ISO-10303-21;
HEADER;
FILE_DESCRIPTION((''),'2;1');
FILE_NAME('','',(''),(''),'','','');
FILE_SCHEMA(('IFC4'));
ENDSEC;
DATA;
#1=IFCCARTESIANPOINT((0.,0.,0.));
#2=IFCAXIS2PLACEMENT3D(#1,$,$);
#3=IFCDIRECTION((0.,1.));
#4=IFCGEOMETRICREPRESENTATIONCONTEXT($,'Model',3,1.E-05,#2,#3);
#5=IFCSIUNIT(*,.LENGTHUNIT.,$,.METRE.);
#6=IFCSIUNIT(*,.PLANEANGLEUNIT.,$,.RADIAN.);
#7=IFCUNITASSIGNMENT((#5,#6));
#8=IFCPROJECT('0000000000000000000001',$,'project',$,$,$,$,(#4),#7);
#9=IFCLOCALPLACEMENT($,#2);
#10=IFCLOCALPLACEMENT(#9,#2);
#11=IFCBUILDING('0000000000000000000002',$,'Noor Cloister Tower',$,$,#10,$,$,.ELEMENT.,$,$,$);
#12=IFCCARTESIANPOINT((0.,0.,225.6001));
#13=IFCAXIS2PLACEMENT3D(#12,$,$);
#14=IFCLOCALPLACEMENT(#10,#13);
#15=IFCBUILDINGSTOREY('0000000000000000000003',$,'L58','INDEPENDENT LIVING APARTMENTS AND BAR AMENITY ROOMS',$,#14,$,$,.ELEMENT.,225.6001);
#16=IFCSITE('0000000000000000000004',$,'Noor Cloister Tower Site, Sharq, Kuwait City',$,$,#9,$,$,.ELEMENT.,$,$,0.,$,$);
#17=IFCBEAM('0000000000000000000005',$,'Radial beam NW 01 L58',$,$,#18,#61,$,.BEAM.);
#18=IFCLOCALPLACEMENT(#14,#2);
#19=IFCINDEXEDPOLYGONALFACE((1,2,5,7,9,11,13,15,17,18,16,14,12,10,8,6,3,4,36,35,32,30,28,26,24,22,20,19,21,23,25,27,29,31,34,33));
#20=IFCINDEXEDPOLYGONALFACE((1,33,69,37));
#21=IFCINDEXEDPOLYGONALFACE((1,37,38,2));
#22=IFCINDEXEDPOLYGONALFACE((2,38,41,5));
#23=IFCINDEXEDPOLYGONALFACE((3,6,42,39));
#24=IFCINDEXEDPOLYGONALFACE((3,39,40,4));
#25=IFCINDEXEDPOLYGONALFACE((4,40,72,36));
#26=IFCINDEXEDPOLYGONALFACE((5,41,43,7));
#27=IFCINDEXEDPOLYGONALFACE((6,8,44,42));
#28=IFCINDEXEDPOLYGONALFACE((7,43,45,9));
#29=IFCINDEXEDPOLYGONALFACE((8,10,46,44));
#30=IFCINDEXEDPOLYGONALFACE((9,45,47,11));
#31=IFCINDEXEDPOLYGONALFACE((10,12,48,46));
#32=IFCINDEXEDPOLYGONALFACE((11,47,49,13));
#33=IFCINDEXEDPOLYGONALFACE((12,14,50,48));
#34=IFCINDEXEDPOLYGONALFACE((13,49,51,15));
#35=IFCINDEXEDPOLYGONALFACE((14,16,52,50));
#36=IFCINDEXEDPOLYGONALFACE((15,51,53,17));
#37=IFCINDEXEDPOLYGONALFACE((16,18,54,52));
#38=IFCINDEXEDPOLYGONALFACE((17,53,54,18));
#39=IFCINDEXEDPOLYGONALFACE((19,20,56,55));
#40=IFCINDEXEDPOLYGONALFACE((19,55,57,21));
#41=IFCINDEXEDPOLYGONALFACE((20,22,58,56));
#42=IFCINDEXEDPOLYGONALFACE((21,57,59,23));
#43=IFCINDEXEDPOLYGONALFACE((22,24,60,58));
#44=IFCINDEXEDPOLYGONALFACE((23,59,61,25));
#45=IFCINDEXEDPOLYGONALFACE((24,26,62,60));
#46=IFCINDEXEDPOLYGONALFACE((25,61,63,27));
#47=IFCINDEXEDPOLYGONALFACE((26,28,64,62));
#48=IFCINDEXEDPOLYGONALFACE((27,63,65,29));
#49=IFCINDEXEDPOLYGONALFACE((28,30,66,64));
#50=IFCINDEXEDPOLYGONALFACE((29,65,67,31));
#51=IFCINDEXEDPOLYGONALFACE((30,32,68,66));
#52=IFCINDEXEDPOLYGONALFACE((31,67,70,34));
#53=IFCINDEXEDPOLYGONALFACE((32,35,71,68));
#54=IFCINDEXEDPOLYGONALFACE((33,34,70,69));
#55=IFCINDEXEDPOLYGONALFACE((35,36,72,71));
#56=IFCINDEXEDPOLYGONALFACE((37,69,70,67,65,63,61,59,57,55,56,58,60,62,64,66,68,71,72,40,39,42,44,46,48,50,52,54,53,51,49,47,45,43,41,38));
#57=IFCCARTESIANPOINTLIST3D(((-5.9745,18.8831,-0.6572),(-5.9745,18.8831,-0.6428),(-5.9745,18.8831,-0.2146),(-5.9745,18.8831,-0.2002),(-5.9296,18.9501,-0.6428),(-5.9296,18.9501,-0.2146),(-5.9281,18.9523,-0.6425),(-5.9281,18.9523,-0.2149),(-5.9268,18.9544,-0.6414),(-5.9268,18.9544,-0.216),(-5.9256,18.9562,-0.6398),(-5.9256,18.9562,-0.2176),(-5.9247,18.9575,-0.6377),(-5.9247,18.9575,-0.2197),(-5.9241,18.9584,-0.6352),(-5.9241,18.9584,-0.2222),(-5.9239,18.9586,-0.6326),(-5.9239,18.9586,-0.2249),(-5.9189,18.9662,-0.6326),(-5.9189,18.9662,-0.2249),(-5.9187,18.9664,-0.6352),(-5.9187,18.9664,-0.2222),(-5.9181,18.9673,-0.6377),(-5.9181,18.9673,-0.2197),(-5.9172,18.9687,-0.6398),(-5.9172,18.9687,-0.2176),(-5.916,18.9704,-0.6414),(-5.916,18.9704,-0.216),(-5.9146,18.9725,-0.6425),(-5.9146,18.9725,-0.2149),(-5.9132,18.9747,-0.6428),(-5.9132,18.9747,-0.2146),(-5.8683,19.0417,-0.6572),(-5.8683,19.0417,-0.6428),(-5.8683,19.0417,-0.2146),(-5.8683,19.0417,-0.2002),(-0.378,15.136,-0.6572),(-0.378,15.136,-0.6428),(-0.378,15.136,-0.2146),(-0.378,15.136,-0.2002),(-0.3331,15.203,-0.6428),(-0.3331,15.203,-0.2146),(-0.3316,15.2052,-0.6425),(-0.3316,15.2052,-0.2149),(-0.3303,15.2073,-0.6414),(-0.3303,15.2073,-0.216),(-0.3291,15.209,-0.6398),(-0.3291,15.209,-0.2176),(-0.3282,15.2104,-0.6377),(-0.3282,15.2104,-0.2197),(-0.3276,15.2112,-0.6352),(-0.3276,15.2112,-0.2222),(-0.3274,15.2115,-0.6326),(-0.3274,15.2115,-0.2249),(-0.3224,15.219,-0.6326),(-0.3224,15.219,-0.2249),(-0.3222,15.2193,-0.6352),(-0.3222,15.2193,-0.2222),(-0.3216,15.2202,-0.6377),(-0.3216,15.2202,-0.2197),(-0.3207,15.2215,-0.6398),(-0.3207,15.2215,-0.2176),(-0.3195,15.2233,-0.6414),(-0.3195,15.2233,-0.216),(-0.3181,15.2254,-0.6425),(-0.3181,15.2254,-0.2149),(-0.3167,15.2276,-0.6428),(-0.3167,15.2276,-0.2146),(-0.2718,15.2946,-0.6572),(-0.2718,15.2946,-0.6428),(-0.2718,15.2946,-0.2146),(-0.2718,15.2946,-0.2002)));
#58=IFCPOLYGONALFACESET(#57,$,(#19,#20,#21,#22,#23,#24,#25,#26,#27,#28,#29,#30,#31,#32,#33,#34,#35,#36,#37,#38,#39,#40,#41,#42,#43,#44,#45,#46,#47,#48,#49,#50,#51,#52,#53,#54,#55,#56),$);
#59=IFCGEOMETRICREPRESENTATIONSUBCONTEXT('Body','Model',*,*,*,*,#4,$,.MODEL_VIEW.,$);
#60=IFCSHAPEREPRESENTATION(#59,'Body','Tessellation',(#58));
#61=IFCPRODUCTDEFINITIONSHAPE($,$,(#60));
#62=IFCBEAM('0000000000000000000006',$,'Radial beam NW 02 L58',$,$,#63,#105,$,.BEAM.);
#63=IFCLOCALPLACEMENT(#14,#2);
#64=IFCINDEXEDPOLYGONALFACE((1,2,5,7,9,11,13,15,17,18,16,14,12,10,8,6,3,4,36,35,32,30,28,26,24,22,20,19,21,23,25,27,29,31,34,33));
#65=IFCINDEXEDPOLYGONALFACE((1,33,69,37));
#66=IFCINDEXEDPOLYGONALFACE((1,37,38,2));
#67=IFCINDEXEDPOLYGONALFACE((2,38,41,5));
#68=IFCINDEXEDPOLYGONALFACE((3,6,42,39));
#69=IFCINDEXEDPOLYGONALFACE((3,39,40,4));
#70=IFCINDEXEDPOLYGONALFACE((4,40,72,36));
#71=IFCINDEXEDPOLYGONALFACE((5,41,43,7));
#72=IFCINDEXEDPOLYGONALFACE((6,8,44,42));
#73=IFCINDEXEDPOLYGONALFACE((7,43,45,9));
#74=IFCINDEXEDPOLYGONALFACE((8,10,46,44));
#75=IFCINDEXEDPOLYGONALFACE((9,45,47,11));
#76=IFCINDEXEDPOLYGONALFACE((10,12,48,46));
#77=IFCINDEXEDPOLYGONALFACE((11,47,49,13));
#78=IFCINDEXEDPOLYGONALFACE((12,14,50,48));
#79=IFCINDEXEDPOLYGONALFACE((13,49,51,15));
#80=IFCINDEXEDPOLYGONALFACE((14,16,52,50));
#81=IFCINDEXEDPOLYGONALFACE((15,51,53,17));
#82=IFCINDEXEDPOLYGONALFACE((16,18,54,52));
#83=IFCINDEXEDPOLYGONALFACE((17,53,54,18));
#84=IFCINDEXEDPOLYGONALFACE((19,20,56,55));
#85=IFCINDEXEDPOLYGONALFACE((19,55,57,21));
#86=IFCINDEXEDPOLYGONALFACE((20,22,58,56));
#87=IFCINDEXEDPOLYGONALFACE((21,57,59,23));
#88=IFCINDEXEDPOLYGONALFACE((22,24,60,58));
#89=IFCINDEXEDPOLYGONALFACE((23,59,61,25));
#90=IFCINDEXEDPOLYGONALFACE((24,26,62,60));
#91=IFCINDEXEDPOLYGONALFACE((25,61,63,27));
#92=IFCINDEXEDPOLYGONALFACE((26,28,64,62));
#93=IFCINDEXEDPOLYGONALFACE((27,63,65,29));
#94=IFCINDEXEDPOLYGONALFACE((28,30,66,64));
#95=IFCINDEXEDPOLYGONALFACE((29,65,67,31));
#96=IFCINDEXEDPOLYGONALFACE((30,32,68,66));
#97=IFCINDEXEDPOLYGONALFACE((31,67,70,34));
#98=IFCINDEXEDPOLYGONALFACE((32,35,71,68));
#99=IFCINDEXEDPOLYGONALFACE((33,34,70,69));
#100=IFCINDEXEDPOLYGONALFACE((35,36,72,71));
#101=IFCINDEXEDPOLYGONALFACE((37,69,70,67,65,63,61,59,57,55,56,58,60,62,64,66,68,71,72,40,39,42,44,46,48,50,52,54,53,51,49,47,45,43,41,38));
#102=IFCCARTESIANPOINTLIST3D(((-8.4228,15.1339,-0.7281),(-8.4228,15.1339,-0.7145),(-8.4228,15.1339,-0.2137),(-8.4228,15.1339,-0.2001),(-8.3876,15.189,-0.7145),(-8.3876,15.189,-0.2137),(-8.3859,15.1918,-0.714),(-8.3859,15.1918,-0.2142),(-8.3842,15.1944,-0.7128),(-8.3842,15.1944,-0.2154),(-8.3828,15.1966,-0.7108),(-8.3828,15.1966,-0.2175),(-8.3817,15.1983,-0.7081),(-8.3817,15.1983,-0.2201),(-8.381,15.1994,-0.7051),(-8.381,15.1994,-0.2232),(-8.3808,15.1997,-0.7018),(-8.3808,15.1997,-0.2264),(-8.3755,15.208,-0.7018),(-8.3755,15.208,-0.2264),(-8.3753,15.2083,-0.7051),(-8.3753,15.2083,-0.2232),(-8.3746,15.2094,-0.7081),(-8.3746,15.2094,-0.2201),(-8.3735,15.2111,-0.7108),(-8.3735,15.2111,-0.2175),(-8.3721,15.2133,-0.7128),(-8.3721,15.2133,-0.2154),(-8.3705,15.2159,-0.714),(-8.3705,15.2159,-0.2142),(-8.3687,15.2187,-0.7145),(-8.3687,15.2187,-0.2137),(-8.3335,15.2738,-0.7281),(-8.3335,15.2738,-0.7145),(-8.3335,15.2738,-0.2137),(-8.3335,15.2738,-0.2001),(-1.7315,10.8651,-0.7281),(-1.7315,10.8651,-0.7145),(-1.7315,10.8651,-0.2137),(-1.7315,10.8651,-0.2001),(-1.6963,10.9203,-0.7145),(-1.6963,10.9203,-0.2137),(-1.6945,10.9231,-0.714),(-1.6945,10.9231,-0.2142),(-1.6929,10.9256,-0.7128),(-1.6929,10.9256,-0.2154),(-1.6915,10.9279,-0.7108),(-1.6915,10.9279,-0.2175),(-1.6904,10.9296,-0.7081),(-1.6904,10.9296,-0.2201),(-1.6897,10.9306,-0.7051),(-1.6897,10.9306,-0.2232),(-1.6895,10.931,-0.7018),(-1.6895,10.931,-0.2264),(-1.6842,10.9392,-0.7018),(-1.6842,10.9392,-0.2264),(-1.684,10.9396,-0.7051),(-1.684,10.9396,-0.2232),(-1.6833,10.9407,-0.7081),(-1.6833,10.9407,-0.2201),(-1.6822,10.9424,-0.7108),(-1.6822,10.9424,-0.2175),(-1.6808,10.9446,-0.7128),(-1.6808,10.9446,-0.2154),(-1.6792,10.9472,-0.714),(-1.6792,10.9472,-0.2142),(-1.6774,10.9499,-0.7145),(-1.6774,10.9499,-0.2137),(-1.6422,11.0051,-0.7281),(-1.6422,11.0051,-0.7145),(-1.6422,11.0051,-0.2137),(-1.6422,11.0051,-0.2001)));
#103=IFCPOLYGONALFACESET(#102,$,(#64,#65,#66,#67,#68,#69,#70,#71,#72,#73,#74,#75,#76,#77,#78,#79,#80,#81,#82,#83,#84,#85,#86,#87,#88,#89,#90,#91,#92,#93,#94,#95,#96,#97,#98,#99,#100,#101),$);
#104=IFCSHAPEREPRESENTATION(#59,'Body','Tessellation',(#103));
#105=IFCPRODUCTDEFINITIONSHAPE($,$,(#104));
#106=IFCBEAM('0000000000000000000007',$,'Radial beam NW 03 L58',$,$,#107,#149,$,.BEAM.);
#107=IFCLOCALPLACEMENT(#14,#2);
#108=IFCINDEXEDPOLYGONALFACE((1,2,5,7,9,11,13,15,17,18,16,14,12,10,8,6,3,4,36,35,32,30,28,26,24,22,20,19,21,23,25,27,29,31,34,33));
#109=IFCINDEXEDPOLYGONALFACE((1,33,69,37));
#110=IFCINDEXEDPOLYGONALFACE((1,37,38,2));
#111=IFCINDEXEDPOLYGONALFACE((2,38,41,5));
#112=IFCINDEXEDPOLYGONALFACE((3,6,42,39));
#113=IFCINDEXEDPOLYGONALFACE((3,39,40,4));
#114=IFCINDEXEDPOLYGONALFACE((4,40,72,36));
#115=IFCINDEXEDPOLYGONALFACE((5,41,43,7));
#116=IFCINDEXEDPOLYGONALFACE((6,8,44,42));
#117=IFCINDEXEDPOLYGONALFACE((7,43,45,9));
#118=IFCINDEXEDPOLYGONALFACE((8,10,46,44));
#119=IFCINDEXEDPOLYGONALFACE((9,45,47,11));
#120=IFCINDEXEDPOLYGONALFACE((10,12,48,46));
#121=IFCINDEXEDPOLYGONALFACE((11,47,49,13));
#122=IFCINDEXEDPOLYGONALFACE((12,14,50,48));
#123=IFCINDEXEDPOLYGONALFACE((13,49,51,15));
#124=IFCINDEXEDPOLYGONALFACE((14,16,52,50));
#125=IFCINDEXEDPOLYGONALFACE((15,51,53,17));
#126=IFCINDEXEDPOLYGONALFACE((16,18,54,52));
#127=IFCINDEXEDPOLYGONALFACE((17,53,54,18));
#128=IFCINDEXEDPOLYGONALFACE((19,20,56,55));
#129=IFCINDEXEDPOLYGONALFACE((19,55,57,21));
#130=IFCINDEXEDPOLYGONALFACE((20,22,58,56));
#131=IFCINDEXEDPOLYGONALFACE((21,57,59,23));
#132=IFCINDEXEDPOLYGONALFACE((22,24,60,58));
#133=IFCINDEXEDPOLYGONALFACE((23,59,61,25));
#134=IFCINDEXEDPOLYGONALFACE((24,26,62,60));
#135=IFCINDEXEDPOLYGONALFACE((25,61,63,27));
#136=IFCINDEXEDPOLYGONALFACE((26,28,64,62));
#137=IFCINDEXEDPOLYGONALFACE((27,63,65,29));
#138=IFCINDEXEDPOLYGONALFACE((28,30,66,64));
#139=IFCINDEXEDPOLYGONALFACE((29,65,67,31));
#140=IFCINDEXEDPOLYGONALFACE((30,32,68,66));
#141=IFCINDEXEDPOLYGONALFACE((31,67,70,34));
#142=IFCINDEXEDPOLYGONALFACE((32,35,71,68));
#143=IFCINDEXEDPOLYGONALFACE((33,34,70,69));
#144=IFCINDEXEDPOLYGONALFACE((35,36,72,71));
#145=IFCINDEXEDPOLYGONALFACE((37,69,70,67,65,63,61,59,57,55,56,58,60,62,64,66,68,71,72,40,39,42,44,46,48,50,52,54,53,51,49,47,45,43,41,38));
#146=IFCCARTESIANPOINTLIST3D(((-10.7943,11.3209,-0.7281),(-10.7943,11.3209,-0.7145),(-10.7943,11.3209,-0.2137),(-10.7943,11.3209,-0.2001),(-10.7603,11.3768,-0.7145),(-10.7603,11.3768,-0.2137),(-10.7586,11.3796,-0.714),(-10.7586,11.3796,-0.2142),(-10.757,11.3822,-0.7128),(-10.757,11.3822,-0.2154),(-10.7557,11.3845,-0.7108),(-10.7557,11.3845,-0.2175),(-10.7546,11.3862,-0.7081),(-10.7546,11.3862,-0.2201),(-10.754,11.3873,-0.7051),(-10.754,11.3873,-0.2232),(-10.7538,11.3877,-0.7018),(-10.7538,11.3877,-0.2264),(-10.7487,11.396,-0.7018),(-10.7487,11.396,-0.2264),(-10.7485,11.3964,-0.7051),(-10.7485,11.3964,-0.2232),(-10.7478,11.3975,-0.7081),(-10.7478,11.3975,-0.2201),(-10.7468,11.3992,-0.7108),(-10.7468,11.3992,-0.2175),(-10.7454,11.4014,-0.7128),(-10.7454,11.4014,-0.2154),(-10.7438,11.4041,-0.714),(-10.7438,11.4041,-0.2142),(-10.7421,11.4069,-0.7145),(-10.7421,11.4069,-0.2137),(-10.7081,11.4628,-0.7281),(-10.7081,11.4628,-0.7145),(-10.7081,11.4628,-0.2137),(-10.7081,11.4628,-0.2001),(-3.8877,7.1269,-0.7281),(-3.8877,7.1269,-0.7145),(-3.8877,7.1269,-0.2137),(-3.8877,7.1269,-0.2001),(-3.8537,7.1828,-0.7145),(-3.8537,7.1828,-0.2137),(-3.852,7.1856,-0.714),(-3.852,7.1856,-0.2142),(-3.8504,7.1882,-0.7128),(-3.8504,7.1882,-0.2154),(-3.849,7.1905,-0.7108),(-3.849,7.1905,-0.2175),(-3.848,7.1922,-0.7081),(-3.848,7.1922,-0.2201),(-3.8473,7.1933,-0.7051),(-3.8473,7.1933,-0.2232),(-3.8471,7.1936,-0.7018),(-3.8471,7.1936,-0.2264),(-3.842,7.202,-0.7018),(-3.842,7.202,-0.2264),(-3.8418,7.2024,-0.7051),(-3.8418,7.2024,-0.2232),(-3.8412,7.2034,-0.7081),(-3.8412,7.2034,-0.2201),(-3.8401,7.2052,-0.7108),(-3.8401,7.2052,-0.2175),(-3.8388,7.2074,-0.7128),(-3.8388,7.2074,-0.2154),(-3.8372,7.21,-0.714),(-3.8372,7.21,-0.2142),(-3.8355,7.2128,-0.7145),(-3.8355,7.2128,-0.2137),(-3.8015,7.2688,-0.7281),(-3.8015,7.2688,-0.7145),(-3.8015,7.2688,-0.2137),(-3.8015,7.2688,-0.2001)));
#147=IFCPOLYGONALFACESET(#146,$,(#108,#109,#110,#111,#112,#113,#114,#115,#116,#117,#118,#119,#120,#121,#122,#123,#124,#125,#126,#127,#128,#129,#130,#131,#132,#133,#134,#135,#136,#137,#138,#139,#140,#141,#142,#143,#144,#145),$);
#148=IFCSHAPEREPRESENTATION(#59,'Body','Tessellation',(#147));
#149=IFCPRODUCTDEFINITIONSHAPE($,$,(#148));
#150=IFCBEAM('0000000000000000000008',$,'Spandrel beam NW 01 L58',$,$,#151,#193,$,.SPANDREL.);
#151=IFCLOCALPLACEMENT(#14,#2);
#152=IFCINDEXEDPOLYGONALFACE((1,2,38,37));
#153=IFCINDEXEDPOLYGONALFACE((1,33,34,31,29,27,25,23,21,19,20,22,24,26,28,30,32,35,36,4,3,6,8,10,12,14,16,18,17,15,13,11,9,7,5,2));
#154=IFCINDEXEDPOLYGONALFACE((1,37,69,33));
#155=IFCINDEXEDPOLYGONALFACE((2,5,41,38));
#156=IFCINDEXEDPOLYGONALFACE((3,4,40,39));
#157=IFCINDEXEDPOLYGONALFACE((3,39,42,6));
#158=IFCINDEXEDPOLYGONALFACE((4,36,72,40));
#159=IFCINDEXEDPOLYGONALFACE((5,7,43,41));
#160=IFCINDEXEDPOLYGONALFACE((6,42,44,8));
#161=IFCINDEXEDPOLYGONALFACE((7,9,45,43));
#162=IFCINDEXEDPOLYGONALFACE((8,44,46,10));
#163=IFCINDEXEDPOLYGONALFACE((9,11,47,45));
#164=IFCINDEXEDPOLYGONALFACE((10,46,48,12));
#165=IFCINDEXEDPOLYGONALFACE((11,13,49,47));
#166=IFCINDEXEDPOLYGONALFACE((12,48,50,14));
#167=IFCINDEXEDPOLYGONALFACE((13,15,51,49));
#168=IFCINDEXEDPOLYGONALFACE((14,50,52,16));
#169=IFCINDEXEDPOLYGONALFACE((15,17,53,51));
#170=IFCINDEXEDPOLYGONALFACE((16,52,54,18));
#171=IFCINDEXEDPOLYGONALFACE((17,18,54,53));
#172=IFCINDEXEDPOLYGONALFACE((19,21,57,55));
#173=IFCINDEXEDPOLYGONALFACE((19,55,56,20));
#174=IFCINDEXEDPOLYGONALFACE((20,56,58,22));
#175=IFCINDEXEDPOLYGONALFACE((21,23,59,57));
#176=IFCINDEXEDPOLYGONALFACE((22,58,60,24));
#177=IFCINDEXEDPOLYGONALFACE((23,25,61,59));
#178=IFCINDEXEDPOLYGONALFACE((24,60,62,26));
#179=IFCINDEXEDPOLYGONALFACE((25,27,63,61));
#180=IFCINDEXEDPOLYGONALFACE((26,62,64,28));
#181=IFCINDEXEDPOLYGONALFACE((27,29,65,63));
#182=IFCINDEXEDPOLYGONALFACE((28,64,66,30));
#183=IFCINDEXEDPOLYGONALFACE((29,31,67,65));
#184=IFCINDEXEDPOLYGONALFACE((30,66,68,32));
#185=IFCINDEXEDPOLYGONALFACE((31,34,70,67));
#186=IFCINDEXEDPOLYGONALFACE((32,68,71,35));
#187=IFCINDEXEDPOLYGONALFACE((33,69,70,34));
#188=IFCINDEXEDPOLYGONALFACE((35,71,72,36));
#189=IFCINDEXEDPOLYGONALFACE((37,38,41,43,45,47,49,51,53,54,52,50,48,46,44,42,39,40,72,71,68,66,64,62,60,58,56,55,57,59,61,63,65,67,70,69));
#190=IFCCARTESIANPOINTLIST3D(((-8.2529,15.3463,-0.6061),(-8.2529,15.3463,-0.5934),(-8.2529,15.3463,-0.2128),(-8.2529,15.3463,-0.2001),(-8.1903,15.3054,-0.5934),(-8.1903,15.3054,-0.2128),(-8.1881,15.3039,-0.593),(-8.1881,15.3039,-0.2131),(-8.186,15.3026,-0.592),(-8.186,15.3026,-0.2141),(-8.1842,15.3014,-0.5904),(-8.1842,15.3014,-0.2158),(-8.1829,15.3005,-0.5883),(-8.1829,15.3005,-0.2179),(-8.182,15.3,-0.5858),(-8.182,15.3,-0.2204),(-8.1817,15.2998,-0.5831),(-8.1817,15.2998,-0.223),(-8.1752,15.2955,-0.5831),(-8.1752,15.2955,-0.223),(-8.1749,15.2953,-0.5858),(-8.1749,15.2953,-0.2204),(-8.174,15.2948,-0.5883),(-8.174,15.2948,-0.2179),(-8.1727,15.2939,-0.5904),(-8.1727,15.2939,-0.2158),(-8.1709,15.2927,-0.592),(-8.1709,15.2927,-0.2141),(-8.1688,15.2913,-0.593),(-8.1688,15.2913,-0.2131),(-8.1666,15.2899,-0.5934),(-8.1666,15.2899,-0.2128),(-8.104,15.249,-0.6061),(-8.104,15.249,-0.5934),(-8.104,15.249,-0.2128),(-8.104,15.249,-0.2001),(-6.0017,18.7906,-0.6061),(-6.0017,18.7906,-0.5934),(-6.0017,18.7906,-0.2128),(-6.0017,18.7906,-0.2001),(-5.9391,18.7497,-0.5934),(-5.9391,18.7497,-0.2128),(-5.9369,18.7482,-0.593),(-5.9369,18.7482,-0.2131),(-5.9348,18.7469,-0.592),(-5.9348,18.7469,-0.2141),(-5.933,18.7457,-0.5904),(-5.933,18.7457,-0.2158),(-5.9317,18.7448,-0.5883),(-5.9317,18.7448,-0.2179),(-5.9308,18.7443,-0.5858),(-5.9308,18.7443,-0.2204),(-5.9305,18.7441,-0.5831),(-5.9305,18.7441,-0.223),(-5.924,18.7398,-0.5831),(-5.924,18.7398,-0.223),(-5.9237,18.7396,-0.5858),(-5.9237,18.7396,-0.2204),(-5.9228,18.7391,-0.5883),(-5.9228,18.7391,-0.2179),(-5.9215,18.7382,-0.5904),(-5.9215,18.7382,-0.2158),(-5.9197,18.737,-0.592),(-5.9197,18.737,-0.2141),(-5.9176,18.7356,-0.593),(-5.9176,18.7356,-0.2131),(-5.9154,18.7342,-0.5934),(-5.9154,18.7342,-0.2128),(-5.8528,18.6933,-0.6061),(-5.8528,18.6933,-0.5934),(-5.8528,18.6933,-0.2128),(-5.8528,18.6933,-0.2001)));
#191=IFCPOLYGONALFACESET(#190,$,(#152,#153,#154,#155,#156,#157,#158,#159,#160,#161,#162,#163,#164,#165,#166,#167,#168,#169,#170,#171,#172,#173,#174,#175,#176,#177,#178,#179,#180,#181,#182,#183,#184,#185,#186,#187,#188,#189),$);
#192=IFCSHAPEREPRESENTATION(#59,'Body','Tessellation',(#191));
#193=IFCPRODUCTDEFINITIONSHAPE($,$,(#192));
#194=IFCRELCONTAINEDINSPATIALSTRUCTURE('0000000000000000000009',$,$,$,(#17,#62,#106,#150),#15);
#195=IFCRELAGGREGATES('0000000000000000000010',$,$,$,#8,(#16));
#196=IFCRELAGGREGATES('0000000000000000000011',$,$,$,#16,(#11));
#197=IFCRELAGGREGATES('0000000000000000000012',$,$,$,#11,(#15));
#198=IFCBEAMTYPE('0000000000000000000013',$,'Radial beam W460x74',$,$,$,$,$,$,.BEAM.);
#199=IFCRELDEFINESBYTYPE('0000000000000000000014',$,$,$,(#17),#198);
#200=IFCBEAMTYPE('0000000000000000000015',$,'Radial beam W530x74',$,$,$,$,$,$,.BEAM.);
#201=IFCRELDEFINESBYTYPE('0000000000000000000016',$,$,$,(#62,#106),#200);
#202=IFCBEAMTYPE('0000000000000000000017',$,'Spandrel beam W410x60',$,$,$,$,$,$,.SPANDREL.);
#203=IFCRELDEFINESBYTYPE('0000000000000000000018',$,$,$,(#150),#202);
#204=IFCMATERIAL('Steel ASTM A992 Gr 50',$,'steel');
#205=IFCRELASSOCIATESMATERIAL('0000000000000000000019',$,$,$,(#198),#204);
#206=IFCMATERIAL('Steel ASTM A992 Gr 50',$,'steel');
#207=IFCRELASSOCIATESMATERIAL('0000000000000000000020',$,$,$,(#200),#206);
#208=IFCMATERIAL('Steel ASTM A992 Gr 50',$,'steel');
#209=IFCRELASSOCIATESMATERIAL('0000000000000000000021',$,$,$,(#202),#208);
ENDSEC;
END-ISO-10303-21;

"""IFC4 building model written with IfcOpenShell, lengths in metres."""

from ifc_helpers import new_model, si_unit, direction, frame, origin, origin_2d, place, context, subcontext, project, spatial, i_section, extrude, material, material_profile, profile_set, type_object, element, save


model = new_model("IFC4")

# Units and contexts
model_context = context("Model", 3, precision=1e-05, world=origin(), true_north=direction((0.0, 1.0)))
body_context = subcontext(model_context, "Body", "Model", "MODEL_VIEW")
ifc_project = project(units=[si_unit("LENGTHUNIT", "METRE"), si_unit("PLANEANGLEUNIT", "RADIAN")], contexts=[model_context])

# Site, building, storey
site_placement = place(None, origin())
site = spatial("IfcSite", under=ifc_project, at=site_placement, Name="Noor Cloister Tower Site, Sharq, Kuwait City", CompositionType="ELEMENT", RefElevation=0.0)
building_placement = place(site_placement, origin())
building = spatial("IfcBuilding", under=site, at=building_placement, Name="Noor Cloister Tower", CompositionType="ELEMENT")
storey_placement = place(building_placement, frame((0.0, 0.0, 225.6001)))
storey = spatial("IfcBuildingStorey", under=building, at=storey_placement, Name="L58", Description="INDEPENDENT LIVING APARTMENTS AND BAR AMENITY ROOMS", CompositionType="ELEMENT", Elevation=225.6001)

# Beams
ifc_material_1 = material(Name="Steel ASTM A992 Gr 50", Category="steel")
ifc_material_profile_1 = material_profile(ifc_material_1, i_section(OverallWidth=0.1909, OverallDepth=0.457, WebThickness=0.009, FlangeThickness=0.0144, FilletRadius=0.0103, at=origin_2d()), Name="W460x74")
ifc_profile_set_1 = profile_set([ifc_material_profile_1], Name="Steel ASTM A992 Gr 50")
beam_type_1 = type_object("IfcBeamType", Name="Radial beam W460x74", PredefinedType="BEAM", material=ifc_profile_set_1)
beam_1_placement = place(storey_placement, frame((-5.9214, 18.9624, -0.4287), z_axis=(0.830944, -0.556355, 0.0), x_axis=(0.556355, 0.830944, 0.0)))
element("IfcBeam", 1, at=beam_1_placement, inside=storey, type_object=beam_type_1, Name="Radial beam NW 01 L58", PredefinedType="BEAM", context=body_context, shape_type="SweptSolid", body=[
    extrude(i_section(OverallWidth=0.1909, OverallDepth=0.457, WebThickness=0.009, FlangeThickness=0.0144, FilletRadius=0.0103, at=origin_2d()), origin(), (0.0, 0.0, 1.0), 6.7351),
])
ifc_material_2 = material(Name="Steel ASTM A992 Gr 50", Category="steel")
ifc_material_profile_2 = material_profile(ifc_material_2, i_section(OverallWidth=0.166, OverallDepth=0.5281, WebThickness=0.0098, FlangeThickness=0.0137, FilletRadius=0.0127, at=origin_2d()), Name="W530x74")
ifc_profile_set_2 = profile_set([ifc_material_profile_2], Name="Steel ASTM A992 Gr 50")
beam_type_2 = type_object("IfcBeamType", Name="Radial beam W530x74", PredefinedType="BEAM", material=ifc_profile_set_2)
beam_2_placement = place(storey_placement, frame((-8.3782, 15.2039, -0.4641), z_axis=(0.843054, -0.537829, 0.0), x_axis=(0.537829, 0.843054, 0.0)))
element("IfcBeam", 2, at=beam_2_placement, inside=storey, type_object=beam_type_2, Name="Radial beam NW 02 L58", PredefinedType="BEAM", context=body_context, shape_type="SweptSolid", body=[
    extrude(i_section(OverallWidth=0.166, OverallDepth=0.5281, WebThickness=0.0098, FlangeThickness=0.0137, FilletRadius=0.0127, at=origin_2d()), origin(), (0.0, 0.0, 1.0), 7.937),
])
beam_3_placement = place(storey_placement, frame((-10.7512, 11.3918, -0.4641), z_axis=(0.854748, -0.519043, 0.0), x_axis=(0.519043, 0.854748, 0.0)))
element("IfcBeam", 3, at=beam_3_placement, inside=storey, type_object=beam_type_2, Name="Radial beam NW 03 L58", PredefinedType="BEAM", context=body_context, shape_type="SweptSolid", body=[
    extrude(i_section(OverallWidth=0.166, OverallDepth=0.5281, WebThickness=0.0098, FlangeThickness=0.0137, FilletRadius=0.0127, at=origin_2d()), origin(), (0.0, 0.0, 1.0), 8.0803),
])
ifc_material_3 = material(Name="Steel ASTM A992 Gr 50", Category="steel")
ifc_material_profile_3 = material_profile(ifc_material_3, i_section(OverallWidth=0.178, OverallDepth=0.406, WebThickness=0.0078, FlangeThickness=0.0127, FilletRadius=0.0103, at=origin_2d()), Name="W410x60")
ifc_profile_set_3 = profile_set([ifc_material_profile_3], Name="Steel ASTM A992 Gr 50")
beam_type_3 = type_object("IfcBeamType", Name="Spandrel beam W410x60", PredefinedType="SPANDREL", material=ifc_profile_set_3)
beam_4_placement = place(storey_placement, frame((-5.9272, 18.7419, -0.4031), z_axis=(-0.547105, -0.837064, 0.0), x_axis=(0.837064, -0.547105, 0.0)))
element("IfcBeam", 4, at=beam_4_placement, inside=storey, type_object=beam_type_3, Name="Spandrel beam NW 01 L58", PredefinedType="SPANDREL", context=body_context, shape_type="SweptSolid", body=[
    extrude(i_section(OverallWidth=0.178, OverallDepth=0.406, WebThickness=0.0078, FlangeThickness=0.0127, FilletRadius=0.0103, at=origin_2d()), origin(), (0.0, 0.0, 1.0), 4.1147),
])

save(model, "model.ifc")
